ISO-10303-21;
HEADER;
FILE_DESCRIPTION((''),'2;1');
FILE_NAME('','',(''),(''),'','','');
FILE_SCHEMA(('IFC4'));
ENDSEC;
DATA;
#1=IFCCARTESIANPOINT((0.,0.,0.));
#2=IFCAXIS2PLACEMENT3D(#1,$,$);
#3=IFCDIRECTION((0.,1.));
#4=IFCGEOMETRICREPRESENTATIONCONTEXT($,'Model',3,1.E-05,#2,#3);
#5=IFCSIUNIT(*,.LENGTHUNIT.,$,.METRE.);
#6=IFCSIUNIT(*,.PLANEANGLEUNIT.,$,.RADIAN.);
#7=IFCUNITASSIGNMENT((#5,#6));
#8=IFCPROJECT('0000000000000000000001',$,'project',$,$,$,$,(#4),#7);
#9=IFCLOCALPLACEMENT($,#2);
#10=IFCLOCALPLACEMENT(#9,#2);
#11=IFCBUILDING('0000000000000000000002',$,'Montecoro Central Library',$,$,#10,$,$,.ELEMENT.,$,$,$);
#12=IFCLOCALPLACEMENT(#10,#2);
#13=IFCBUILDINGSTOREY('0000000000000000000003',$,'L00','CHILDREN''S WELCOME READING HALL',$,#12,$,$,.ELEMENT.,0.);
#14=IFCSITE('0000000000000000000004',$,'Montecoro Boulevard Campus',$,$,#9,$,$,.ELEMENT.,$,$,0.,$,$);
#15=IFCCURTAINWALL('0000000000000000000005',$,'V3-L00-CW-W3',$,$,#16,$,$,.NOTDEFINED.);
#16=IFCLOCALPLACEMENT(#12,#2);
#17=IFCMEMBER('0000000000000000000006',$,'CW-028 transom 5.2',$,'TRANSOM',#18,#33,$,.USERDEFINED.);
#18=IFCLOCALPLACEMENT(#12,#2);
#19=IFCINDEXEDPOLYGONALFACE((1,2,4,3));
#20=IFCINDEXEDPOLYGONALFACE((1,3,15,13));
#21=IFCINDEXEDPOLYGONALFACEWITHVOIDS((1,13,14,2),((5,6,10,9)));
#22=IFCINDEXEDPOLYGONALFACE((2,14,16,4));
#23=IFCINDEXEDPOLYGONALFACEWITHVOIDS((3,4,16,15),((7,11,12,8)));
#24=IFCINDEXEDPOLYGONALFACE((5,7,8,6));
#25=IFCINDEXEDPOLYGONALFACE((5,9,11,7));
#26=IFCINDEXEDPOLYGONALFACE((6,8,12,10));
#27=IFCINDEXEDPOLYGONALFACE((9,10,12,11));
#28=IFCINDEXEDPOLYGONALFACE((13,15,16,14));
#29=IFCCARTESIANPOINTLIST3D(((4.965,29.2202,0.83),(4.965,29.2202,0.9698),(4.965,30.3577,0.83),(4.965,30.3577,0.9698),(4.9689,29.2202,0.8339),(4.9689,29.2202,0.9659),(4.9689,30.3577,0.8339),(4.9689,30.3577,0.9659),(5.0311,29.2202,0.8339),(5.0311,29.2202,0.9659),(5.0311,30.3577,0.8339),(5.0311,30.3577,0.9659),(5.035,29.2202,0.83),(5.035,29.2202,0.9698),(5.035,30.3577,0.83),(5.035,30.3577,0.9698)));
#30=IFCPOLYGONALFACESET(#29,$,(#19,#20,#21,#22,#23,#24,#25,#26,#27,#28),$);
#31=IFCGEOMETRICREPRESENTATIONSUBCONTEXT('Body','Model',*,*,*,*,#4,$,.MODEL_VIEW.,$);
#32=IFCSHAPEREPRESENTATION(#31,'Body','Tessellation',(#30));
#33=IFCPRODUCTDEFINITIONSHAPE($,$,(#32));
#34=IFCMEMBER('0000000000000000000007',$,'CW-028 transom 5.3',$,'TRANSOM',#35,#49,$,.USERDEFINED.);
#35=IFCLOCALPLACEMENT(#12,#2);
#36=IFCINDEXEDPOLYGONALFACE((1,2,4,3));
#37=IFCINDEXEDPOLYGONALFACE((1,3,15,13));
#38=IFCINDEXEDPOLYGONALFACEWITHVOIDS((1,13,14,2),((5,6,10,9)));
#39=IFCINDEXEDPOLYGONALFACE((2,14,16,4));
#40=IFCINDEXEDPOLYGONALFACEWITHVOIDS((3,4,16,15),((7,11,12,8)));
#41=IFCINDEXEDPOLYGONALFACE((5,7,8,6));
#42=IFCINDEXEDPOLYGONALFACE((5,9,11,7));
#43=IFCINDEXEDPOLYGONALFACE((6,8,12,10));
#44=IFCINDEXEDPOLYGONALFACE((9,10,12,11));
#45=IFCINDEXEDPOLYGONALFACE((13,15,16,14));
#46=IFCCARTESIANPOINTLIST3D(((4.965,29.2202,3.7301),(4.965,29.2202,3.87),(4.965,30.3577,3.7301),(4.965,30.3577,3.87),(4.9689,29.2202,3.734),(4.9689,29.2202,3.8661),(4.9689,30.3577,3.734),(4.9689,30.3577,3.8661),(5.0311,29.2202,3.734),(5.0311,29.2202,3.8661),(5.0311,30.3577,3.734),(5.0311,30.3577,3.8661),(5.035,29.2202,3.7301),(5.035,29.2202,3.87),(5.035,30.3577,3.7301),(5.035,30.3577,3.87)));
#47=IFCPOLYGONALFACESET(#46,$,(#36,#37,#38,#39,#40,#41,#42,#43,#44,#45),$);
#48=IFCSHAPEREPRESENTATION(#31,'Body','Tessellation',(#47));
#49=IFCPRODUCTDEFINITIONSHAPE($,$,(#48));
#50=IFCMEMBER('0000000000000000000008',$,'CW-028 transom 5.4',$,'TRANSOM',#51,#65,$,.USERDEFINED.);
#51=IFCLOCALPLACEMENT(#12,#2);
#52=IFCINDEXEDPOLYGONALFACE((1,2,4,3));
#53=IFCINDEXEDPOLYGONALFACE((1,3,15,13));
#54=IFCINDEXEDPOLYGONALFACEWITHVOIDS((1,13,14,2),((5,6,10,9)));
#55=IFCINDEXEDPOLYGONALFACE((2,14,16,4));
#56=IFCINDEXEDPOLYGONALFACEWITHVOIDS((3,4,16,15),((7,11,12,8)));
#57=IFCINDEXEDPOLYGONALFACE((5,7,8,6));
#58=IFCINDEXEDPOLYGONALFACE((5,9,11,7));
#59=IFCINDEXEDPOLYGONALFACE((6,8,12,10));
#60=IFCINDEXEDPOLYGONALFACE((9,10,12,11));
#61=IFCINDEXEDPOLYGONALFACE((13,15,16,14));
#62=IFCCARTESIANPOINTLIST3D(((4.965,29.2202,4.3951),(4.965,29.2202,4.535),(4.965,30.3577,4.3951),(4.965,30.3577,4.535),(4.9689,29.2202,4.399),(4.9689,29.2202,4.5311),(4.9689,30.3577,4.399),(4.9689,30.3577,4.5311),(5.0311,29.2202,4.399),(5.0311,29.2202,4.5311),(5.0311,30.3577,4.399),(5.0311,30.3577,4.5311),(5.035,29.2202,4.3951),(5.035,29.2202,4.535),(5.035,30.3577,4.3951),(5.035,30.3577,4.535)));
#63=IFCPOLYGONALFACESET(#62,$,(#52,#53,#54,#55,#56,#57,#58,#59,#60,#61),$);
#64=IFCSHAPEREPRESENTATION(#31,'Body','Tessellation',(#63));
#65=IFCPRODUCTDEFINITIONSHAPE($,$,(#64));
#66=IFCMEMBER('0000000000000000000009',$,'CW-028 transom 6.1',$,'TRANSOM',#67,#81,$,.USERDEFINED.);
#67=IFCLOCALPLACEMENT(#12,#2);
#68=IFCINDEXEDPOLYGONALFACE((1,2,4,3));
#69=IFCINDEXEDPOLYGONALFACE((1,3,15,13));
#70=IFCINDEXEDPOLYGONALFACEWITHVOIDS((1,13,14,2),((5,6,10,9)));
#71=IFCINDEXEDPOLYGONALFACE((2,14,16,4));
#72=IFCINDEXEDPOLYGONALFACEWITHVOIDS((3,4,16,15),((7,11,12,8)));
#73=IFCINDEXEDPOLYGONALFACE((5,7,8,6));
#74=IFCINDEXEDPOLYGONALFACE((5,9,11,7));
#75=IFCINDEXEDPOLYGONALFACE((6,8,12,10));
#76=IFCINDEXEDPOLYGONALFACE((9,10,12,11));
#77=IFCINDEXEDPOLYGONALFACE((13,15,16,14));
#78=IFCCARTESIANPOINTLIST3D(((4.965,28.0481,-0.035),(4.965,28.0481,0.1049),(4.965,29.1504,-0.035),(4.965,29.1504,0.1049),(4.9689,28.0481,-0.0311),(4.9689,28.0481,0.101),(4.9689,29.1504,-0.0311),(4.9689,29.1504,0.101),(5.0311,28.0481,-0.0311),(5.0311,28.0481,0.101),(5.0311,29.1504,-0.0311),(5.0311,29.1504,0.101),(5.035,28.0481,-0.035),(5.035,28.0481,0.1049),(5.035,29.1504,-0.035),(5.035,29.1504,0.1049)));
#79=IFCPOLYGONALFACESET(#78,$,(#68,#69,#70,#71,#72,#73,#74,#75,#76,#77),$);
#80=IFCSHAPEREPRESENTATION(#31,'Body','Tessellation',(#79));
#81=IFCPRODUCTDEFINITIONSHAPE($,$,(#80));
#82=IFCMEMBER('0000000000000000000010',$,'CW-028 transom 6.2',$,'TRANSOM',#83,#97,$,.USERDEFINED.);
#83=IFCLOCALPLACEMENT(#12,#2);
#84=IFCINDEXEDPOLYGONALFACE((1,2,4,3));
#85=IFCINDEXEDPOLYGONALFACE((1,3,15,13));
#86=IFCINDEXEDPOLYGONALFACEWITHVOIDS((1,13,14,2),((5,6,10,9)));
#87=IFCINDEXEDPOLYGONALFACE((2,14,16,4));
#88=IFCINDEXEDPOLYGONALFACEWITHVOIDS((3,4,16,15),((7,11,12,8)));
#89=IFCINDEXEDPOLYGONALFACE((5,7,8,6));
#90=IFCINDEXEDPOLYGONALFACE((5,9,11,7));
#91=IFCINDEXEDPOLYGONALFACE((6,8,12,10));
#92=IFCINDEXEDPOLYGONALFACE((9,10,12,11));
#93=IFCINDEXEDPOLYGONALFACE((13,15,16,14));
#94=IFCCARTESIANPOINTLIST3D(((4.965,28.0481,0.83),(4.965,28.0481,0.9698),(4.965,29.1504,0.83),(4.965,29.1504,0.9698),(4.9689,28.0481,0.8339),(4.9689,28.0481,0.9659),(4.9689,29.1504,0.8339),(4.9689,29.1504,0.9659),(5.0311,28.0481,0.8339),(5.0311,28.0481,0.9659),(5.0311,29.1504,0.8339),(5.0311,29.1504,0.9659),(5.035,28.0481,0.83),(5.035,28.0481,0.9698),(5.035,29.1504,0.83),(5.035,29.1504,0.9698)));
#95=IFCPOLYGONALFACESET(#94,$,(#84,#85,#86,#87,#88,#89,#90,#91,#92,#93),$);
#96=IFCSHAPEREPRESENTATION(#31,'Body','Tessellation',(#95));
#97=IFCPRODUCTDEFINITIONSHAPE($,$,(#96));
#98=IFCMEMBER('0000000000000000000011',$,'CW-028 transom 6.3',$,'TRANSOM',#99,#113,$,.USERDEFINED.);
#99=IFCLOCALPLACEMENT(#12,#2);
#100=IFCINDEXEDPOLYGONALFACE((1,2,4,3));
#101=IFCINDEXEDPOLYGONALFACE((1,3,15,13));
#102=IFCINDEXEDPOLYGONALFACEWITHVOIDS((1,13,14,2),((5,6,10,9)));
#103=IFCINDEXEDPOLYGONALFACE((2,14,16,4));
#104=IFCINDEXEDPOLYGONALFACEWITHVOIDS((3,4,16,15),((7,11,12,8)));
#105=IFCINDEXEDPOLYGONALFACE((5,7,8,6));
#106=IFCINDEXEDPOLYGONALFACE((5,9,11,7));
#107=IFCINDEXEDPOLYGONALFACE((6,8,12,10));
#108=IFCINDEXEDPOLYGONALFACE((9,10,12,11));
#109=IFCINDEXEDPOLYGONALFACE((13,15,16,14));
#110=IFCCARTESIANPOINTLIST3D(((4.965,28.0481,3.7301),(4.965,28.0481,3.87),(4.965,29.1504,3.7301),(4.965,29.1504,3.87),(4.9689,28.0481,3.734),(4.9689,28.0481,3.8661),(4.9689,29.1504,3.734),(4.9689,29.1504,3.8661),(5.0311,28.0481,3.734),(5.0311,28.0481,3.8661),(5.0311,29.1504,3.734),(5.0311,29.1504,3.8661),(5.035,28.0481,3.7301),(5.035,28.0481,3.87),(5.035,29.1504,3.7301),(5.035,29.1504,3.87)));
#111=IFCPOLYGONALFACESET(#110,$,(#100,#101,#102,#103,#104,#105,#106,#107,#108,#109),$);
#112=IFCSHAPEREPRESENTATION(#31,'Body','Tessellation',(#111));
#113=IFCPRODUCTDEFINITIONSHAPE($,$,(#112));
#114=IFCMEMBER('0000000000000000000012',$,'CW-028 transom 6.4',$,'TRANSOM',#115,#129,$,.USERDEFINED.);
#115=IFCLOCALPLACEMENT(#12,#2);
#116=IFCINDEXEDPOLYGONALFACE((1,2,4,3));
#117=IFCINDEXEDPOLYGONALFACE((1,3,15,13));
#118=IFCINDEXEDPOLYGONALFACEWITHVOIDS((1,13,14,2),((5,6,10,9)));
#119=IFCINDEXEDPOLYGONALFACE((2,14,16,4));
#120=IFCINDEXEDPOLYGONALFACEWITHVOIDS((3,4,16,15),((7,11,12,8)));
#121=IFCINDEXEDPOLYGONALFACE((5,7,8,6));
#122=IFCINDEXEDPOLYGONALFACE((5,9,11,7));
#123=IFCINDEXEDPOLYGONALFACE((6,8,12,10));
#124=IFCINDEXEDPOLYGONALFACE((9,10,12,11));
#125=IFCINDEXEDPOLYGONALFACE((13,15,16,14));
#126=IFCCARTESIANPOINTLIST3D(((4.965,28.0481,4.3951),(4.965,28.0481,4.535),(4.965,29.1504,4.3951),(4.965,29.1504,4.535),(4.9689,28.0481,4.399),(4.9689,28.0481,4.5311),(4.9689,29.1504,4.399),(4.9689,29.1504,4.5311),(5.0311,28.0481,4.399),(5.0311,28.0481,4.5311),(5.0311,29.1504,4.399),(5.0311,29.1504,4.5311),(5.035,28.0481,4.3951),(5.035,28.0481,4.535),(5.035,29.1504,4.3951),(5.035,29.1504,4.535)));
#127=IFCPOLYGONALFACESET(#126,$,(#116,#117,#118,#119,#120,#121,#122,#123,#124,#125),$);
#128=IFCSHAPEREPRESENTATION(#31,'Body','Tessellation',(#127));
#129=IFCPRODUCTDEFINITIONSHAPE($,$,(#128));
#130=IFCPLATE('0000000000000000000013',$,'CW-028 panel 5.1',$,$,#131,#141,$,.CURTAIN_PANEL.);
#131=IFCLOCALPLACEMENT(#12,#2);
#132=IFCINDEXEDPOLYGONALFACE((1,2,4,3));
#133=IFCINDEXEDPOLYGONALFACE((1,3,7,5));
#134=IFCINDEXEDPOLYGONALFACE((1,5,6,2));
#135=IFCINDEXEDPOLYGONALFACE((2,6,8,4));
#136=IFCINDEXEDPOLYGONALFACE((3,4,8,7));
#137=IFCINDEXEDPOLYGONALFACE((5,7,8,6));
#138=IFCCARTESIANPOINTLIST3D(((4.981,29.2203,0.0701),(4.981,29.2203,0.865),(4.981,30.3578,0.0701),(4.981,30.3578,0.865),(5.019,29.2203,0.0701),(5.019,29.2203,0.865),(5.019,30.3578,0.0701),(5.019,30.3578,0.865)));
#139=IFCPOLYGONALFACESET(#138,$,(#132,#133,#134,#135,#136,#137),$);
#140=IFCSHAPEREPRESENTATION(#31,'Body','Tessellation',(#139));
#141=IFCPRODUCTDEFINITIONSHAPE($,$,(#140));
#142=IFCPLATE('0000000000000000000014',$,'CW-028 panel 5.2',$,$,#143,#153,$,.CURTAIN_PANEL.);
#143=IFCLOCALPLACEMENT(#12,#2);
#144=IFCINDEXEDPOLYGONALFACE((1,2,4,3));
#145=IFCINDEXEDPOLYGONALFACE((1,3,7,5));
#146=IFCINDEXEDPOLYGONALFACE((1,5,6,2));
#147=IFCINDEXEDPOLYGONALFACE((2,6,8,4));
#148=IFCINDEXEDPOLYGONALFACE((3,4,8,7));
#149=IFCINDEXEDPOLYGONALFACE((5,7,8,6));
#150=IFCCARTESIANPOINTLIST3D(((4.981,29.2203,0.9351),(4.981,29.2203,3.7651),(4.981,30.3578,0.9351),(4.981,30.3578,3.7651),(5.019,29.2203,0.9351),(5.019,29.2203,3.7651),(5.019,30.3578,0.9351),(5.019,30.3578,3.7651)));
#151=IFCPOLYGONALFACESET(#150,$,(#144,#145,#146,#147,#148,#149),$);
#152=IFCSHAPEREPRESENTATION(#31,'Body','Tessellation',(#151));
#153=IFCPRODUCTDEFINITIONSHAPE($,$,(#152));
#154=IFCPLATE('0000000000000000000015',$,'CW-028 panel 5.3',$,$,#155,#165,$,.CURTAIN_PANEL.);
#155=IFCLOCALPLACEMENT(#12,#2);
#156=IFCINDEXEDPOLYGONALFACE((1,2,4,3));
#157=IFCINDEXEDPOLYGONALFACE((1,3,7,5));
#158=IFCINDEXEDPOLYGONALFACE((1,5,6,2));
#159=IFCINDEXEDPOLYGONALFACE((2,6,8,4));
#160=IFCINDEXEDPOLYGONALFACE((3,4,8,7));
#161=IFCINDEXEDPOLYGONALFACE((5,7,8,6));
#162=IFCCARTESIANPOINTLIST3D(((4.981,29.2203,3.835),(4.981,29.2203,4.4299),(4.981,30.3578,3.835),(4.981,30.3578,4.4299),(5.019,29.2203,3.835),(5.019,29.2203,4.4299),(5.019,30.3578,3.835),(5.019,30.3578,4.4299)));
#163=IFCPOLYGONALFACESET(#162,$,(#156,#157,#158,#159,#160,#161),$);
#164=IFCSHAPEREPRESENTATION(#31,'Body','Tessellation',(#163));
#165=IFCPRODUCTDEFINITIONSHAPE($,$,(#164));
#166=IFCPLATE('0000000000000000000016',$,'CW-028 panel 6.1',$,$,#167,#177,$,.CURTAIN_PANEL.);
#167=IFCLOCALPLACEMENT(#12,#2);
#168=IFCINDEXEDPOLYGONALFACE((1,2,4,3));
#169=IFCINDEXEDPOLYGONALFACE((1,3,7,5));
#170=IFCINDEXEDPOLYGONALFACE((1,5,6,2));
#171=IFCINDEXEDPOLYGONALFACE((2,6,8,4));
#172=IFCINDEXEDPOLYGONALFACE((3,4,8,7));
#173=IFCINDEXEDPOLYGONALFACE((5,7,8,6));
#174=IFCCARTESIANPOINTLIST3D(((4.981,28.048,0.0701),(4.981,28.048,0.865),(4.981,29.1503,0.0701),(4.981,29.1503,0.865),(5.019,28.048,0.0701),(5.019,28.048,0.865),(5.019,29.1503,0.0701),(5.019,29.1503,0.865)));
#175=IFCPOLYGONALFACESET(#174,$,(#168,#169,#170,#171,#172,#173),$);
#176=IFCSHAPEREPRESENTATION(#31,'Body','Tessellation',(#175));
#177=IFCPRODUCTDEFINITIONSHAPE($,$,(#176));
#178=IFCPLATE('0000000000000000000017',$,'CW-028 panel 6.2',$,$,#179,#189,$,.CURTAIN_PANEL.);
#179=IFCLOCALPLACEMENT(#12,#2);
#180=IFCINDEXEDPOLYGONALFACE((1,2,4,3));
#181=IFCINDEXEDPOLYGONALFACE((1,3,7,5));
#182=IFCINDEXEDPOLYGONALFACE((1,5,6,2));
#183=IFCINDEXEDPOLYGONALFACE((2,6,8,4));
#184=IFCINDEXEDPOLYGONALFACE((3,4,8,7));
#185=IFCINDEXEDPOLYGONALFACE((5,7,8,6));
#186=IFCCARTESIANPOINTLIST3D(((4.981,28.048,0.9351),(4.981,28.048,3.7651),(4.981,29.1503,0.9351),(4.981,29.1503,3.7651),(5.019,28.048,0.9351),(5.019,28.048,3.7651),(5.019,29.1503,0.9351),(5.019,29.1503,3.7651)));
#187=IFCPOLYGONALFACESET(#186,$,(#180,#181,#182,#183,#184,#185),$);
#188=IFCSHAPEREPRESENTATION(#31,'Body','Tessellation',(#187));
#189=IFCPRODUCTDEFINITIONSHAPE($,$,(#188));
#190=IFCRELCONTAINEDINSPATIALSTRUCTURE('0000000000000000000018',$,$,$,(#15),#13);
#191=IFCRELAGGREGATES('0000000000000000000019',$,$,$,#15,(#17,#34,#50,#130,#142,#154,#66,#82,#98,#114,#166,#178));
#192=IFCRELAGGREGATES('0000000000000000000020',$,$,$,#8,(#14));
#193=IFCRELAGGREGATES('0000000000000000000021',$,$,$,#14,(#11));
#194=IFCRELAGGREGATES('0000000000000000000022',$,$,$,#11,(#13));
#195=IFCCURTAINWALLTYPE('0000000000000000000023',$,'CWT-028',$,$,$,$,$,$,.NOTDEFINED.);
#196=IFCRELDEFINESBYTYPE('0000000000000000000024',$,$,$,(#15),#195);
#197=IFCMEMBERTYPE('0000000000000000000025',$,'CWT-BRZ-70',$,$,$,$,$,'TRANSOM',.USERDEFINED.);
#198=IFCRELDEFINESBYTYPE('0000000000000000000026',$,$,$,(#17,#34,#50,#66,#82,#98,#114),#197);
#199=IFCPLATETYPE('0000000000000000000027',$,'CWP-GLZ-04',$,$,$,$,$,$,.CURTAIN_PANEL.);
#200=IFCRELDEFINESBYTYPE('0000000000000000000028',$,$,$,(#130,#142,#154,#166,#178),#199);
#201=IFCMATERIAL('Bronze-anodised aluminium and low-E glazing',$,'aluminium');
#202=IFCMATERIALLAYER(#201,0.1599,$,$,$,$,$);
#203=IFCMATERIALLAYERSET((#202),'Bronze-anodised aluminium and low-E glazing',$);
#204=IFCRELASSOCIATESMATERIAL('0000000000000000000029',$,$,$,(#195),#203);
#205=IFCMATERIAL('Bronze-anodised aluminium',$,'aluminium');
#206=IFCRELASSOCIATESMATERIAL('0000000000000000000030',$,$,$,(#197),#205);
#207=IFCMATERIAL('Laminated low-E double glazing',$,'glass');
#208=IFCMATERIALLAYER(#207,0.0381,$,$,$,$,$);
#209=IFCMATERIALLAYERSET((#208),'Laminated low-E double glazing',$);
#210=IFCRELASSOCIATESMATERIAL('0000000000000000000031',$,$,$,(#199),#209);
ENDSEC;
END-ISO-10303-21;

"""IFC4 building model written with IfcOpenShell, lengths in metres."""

from ifc_helpers import new_model, si_unit, direction, frame, origin, origin_2d, place, context, subcontext, project, spatial, rectangle, hollow_rectangle, extrude, material, layer, layer_set, material_profile, profile_set, type_object, element, aggregate, save


model = new_model("IFC4")

# Units and contexts
model_context = context("Model", 3, precision=1e-05, world=origin(), true_north=direction((0.0, 1.0)))
body_context = subcontext(model_context, "Body", "Model", "MODEL_VIEW")
ifc_project = project(units=[si_unit("LENGTHUNIT", "METRE"), si_unit("PLANEANGLEUNIT", "RADIAN")], contexts=[model_context])

# Site, building, storey
site_placement = place(None, origin())
site = spatial("IfcSite", under=ifc_project, at=site_placement, Name="Montecoro Boulevard Campus", CompositionType="ELEMENT", RefElevation=0.0)
building_placement = place(site_placement, origin())
building = spatial("IfcBuilding", under=site, at=building_placement, Name="Montecoro Central Library", CompositionType="ELEMENT")
storey_placement = place(building_placement, origin())
storey = spatial("IfcBuildingStorey", under=building, at=storey_placement, Name="L00", Description="CHILDREN'S WELCOME READING HALL", CompositionType="ELEMENT", Elevation=0.0)

# Curtain wall, members, plates
ifc_material_1 = material(Name="Bronze-anodised aluminium and low-E glazing", Category="aluminium")
ifc_layer_1 = layer(ifc_material_1, 0.1599)
ifc_layer_set_1 = layer_set([ifc_layer_1], Name="Bronze-anodised aluminium and low-E glazing")
curtain_wall_type = type_object("IfcCurtainWallType", Name="CWT-028", PredefinedType="NOTDEFINED", material=ifc_layer_set_1)
curtain_wall_placement = place(storey_placement, origin())
curtain_wall = element("IfcCurtainWall", 1, at=curtain_wall_placement, inside=storey, type_object=curtain_wall_type, Name="V3-L00-CW-W3", PredefinedType="NOTDEFINED")
ifc_material_2 = material(Name="Bronze-anodised aluminium", Category="aluminium")
ifc_material_profile_1 = material_profile(ifc_material_2, hollow_rectangle(XDim=0.0701, YDim=0.1399, WallThickness=0.0039, at=origin_2d()), Name="CWT 140x70x4.0")
ifc_profile_set_1 = profile_set([ifc_material_profile_1], Name="Bronze-anodised aluminium")
member_type_1 = type_object("IfcMemberType", Name="CWT-BRZ-70", ElementType="TRANSOM", PredefinedType="USERDEFINED", material=ifc_profile_set_1)
member_1_placement = place(storey_placement, frame((5.0, 30.3577, 0.8999), z_axis=(0.0, -1.0, 0.0), x_axis=(1.0, 0.0, 0.0)))
member_1 = element("IfcMember", 2, at=member_1_placement, type_object=member_type_1, Name="CW-028 transom 5.2", ObjectType="TRANSOM", PredefinedType="USERDEFINED", context=body_context, shape_type="SweptSolid", body=[
    extrude(hollow_rectangle(XDim=0.0701, YDim=0.1399, WallThickness=0.0039, at=origin_2d()), origin(), (0.0, 0.0, 1.0), 1.1375),
])
member_2_placement = place(storey_placement, frame((5.0, 30.3577, 3.8), z_axis=(0.0, -1.0, 0.0), x_axis=(1.0, 0.0, 0.0)))
member_2 = element("IfcMember", 3, at=member_2_placement, type_object=member_type_1, Name="CW-028 transom 5.3", ObjectType="TRANSOM", PredefinedType="USERDEFINED", context=body_context, shape_type="SweptSolid", body=[
    extrude(hollow_rectangle(XDim=0.0701, YDim=0.1399, WallThickness=0.0039, at=origin_2d()), origin(), (0.0, 0.0, 1.0), 1.1375),
])
member_3_placement = place(storey_placement, frame((5.0, 30.3577, 4.4651), z_axis=(0.0, -1.0, 0.0), x_axis=(1.0, 0.0, 0.0)))
member_3 = element("IfcMember", 4, at=member_3_placement, type_object=member_type_1, Name="CW-028 transom 5.4", ObjectType="TRANSOM", PredefinedType="USERDEFINED", context=body_context, shape_type="SweptSolid", body=[
    extrude(hollow_rectangle(XDim=0.0701, YDim=0.1399, WallThickness=0.0039, at=origin_2d()), origin(), (0.0, 0.0, 1.0), 1.1375),
])
member_4_placement = place(storey_placement, frame((5.0, 29.1504, 0.0349), z_axis=(0.0, -1.0, 0.0), x_axis=(1.0, 0.0, 0.0)))
member_4 = element("IfcMember", 5, at=member_4_placement, type_object=member_type_1, Name="CW-028 transom 6.1", ObjectType="TRANSOM", PredefinedType="USERDEFINED", context=body_context, shape_type="SweptSolid", body=[
    extrude(hollow_rectangle(XDim=0.0701, YDim=0.1399, WallThickness=0.0039, at=origin_2d()), origin(), (0.0, 0.0, 1.0), 1.1023),
])
member_5_placement = place(storey_placement, frame((5.0, 29.1504, 0.8999), z_axis=(0.0, -1.0, 0.0), x_axis=(1.0, 0.0, 0.0)))
member_5 = element("IfcMember", 6, at=member_5_placement, type_object=member_type_1, Name="CW-028 transom 6.2", ObjectType="TRANSOM", PredefinedType="USERDEFINED", context=body_context, shape_type="SweptSolid", body=[
    extrude(hollow_rectangle(XDim=0.0701, YDim=0.1399, WallThickness=0.0039, at=origin_2d()), origin(), (0.0, 0.0, 1.0), 1.1023),
])
member_6_placement = place(storey_placement, frame((5.0, 29.1504, 3.8), z_axis=(0.0, -1.0, 0.0), x_axis=(1.0, 0.0, 0.0)))
member_6 = element("IfcMember", 7, at=member_6_placement, type_object=member_type_1, Name="CW-028 transom 6.3", ObjectType="TRANSOM", PredefinedType="USERDEFINED", context=body_context, shape_type="SweptSolid", body=[
    extrude(hollow_rectangle(XDim=0.0701, YDim=0.1399, WallThickness=0.0039, at=origin_2d()), origin(), (0.0, 0.0, 1.0), 1.1023),
])
member_7_placement = place(storey_placement, frame((5.0, 29.1504, 4.4651), z_axis=(0.0, -1.0, 0.0), x_axis=(1.0, 0.0, 0.0)))
member_7 = element("IfcMember", 8, at=member_7_placement, type_object=member_type_1, Name="CW-028 transom 6.4", ObjectType="TRANSOM", PredefinedType="USERDEFINED", context=body_context, shape_type="SweptSolid", body=[
    extrude(hollow_rectangle(XDim=0.0701, YDim=0.1399, WallThickness=0.0039, at=origin_2d()), origin(), (0.0, 0.0, 1.0), 1.1023),
])
ifc_material_3 = material(Name="Laminated low-E double glazing", Category="glass")
ifc_layer_2 = layer(ifc_material_3, 0.0381)
ifc_layer_set_2 = layer_set([ifc_layer_2], Name="Laminated low-E double glazing")
plate_type = type_object("IfcPlateType", Name="CWP-GLZ-04", PredefinedType="CURTAIN_PANEL", material=ifc_layer_set_2)
plate_1_placement = place(storey_placement, frame((5.0, 29.7891, 0.0701), z_axis=(0.0, 0.0, 1.0), x_axis=(0.0, -1.0, 0.0)))
plate_1 = element("IfcPlate", 9, at=plate_1_placement, type_object=plate_type, Name="CW-028 panel 5.1", PredefinedType="CURTAIN_PANEL", context=body_context, shape_type="SweptSolid", body=[
    extrude(rectangle(XDim=1.1375, YDim=0.0381, at=origin_2d()), origin(), (0.0, 0.0, 1.0), 0.7949),
])
plate_2_placement = place(storey_placement, frame((5.0, 29.7891, 0.9351), z_axis=(0.0, 0.0, 1.0), x_axis=(0.0, -1.0, 0.0)))
plate_2 = element("IfcPlate", 10, at=plate_2_placement, type_object=plate_type, Name="CW-028 panel 5.2", PredefinedType="CURTAIN_PANEL", context=body_context, shape_type="SweptSolid", body=[
    extrude(rectangle(XDim=1.1375, YDim=0.0381, at=origin_2d()), origin(), (0.0, 0.0, 1.0), 2.8301),
])
plate_3_placement = place(storey_placement, frame((5.0, 29.7891, 3.835), z_axis=(0.0, 0.0, 1.0), x_axis=(0.0, -1.0, 0.0)))
plate_3 = element("IfcPlate", 11, at=plate_3_placement, type_object=plate_type, Name="CW-028 panel 5.3", PredefinedType="CURTAIN_PANEL", context=body_context, shape_type="SweptSolid", body=[
    extrude(rectangle(XDim=1.1375, YDim=0.0381, at=origin_2d()), origin(), (0.0, 0.0, 1.0), 0.595),
])
plate_4_placement = place(storey_placement, frame((5.0, 28.5991, 0.0701), z_axis=(0.0, 0.0, 1.0), x_axis=(0.0, -1.0, 0.0)))
plate_4 = element("IfcPlate", 12, at=plate_4_placement, type_object=plate_type, Name="CW-028 panel 6.1", PredefinedType="CURTAIN_PANEL", context=body_context, shape_type="SweptSolid", body=[
    extrude(rectangle(XDim=1.1023, YDim=0.0381, at=origin_2d()), origin(), (0.0, 0.0, 1.0), 0.7949),
])
plate_5_placement = place(storey_placement, frame((5.0, 28.5991, 0.9351), z_axis=(0.0, 0.0, 1.0), x_axis=(0.0, -1.0, 0.0)))
plate_5 = element("IfcPlate", 13, at=plate_5_placement, type_object=plate_type, Name="CW-028 panel 6.2", PredefinedType="CURTAIN_PANEL", context=body_context, shape_type="SweptSolid", body=[
    extrude(rectangle(XDim=1.1023, YDim=0.0381, at=origin_2d()), origin(), (0.0, 0.0, 1.0), 2.8301),
])
aggregate(curtain_wall, [member_1, member_2, member_3, plate_1, plate_2, plate_3, member_4, member_5, member_6, member_7, plate_4, plate_5])

save(model, "model.ifc")
